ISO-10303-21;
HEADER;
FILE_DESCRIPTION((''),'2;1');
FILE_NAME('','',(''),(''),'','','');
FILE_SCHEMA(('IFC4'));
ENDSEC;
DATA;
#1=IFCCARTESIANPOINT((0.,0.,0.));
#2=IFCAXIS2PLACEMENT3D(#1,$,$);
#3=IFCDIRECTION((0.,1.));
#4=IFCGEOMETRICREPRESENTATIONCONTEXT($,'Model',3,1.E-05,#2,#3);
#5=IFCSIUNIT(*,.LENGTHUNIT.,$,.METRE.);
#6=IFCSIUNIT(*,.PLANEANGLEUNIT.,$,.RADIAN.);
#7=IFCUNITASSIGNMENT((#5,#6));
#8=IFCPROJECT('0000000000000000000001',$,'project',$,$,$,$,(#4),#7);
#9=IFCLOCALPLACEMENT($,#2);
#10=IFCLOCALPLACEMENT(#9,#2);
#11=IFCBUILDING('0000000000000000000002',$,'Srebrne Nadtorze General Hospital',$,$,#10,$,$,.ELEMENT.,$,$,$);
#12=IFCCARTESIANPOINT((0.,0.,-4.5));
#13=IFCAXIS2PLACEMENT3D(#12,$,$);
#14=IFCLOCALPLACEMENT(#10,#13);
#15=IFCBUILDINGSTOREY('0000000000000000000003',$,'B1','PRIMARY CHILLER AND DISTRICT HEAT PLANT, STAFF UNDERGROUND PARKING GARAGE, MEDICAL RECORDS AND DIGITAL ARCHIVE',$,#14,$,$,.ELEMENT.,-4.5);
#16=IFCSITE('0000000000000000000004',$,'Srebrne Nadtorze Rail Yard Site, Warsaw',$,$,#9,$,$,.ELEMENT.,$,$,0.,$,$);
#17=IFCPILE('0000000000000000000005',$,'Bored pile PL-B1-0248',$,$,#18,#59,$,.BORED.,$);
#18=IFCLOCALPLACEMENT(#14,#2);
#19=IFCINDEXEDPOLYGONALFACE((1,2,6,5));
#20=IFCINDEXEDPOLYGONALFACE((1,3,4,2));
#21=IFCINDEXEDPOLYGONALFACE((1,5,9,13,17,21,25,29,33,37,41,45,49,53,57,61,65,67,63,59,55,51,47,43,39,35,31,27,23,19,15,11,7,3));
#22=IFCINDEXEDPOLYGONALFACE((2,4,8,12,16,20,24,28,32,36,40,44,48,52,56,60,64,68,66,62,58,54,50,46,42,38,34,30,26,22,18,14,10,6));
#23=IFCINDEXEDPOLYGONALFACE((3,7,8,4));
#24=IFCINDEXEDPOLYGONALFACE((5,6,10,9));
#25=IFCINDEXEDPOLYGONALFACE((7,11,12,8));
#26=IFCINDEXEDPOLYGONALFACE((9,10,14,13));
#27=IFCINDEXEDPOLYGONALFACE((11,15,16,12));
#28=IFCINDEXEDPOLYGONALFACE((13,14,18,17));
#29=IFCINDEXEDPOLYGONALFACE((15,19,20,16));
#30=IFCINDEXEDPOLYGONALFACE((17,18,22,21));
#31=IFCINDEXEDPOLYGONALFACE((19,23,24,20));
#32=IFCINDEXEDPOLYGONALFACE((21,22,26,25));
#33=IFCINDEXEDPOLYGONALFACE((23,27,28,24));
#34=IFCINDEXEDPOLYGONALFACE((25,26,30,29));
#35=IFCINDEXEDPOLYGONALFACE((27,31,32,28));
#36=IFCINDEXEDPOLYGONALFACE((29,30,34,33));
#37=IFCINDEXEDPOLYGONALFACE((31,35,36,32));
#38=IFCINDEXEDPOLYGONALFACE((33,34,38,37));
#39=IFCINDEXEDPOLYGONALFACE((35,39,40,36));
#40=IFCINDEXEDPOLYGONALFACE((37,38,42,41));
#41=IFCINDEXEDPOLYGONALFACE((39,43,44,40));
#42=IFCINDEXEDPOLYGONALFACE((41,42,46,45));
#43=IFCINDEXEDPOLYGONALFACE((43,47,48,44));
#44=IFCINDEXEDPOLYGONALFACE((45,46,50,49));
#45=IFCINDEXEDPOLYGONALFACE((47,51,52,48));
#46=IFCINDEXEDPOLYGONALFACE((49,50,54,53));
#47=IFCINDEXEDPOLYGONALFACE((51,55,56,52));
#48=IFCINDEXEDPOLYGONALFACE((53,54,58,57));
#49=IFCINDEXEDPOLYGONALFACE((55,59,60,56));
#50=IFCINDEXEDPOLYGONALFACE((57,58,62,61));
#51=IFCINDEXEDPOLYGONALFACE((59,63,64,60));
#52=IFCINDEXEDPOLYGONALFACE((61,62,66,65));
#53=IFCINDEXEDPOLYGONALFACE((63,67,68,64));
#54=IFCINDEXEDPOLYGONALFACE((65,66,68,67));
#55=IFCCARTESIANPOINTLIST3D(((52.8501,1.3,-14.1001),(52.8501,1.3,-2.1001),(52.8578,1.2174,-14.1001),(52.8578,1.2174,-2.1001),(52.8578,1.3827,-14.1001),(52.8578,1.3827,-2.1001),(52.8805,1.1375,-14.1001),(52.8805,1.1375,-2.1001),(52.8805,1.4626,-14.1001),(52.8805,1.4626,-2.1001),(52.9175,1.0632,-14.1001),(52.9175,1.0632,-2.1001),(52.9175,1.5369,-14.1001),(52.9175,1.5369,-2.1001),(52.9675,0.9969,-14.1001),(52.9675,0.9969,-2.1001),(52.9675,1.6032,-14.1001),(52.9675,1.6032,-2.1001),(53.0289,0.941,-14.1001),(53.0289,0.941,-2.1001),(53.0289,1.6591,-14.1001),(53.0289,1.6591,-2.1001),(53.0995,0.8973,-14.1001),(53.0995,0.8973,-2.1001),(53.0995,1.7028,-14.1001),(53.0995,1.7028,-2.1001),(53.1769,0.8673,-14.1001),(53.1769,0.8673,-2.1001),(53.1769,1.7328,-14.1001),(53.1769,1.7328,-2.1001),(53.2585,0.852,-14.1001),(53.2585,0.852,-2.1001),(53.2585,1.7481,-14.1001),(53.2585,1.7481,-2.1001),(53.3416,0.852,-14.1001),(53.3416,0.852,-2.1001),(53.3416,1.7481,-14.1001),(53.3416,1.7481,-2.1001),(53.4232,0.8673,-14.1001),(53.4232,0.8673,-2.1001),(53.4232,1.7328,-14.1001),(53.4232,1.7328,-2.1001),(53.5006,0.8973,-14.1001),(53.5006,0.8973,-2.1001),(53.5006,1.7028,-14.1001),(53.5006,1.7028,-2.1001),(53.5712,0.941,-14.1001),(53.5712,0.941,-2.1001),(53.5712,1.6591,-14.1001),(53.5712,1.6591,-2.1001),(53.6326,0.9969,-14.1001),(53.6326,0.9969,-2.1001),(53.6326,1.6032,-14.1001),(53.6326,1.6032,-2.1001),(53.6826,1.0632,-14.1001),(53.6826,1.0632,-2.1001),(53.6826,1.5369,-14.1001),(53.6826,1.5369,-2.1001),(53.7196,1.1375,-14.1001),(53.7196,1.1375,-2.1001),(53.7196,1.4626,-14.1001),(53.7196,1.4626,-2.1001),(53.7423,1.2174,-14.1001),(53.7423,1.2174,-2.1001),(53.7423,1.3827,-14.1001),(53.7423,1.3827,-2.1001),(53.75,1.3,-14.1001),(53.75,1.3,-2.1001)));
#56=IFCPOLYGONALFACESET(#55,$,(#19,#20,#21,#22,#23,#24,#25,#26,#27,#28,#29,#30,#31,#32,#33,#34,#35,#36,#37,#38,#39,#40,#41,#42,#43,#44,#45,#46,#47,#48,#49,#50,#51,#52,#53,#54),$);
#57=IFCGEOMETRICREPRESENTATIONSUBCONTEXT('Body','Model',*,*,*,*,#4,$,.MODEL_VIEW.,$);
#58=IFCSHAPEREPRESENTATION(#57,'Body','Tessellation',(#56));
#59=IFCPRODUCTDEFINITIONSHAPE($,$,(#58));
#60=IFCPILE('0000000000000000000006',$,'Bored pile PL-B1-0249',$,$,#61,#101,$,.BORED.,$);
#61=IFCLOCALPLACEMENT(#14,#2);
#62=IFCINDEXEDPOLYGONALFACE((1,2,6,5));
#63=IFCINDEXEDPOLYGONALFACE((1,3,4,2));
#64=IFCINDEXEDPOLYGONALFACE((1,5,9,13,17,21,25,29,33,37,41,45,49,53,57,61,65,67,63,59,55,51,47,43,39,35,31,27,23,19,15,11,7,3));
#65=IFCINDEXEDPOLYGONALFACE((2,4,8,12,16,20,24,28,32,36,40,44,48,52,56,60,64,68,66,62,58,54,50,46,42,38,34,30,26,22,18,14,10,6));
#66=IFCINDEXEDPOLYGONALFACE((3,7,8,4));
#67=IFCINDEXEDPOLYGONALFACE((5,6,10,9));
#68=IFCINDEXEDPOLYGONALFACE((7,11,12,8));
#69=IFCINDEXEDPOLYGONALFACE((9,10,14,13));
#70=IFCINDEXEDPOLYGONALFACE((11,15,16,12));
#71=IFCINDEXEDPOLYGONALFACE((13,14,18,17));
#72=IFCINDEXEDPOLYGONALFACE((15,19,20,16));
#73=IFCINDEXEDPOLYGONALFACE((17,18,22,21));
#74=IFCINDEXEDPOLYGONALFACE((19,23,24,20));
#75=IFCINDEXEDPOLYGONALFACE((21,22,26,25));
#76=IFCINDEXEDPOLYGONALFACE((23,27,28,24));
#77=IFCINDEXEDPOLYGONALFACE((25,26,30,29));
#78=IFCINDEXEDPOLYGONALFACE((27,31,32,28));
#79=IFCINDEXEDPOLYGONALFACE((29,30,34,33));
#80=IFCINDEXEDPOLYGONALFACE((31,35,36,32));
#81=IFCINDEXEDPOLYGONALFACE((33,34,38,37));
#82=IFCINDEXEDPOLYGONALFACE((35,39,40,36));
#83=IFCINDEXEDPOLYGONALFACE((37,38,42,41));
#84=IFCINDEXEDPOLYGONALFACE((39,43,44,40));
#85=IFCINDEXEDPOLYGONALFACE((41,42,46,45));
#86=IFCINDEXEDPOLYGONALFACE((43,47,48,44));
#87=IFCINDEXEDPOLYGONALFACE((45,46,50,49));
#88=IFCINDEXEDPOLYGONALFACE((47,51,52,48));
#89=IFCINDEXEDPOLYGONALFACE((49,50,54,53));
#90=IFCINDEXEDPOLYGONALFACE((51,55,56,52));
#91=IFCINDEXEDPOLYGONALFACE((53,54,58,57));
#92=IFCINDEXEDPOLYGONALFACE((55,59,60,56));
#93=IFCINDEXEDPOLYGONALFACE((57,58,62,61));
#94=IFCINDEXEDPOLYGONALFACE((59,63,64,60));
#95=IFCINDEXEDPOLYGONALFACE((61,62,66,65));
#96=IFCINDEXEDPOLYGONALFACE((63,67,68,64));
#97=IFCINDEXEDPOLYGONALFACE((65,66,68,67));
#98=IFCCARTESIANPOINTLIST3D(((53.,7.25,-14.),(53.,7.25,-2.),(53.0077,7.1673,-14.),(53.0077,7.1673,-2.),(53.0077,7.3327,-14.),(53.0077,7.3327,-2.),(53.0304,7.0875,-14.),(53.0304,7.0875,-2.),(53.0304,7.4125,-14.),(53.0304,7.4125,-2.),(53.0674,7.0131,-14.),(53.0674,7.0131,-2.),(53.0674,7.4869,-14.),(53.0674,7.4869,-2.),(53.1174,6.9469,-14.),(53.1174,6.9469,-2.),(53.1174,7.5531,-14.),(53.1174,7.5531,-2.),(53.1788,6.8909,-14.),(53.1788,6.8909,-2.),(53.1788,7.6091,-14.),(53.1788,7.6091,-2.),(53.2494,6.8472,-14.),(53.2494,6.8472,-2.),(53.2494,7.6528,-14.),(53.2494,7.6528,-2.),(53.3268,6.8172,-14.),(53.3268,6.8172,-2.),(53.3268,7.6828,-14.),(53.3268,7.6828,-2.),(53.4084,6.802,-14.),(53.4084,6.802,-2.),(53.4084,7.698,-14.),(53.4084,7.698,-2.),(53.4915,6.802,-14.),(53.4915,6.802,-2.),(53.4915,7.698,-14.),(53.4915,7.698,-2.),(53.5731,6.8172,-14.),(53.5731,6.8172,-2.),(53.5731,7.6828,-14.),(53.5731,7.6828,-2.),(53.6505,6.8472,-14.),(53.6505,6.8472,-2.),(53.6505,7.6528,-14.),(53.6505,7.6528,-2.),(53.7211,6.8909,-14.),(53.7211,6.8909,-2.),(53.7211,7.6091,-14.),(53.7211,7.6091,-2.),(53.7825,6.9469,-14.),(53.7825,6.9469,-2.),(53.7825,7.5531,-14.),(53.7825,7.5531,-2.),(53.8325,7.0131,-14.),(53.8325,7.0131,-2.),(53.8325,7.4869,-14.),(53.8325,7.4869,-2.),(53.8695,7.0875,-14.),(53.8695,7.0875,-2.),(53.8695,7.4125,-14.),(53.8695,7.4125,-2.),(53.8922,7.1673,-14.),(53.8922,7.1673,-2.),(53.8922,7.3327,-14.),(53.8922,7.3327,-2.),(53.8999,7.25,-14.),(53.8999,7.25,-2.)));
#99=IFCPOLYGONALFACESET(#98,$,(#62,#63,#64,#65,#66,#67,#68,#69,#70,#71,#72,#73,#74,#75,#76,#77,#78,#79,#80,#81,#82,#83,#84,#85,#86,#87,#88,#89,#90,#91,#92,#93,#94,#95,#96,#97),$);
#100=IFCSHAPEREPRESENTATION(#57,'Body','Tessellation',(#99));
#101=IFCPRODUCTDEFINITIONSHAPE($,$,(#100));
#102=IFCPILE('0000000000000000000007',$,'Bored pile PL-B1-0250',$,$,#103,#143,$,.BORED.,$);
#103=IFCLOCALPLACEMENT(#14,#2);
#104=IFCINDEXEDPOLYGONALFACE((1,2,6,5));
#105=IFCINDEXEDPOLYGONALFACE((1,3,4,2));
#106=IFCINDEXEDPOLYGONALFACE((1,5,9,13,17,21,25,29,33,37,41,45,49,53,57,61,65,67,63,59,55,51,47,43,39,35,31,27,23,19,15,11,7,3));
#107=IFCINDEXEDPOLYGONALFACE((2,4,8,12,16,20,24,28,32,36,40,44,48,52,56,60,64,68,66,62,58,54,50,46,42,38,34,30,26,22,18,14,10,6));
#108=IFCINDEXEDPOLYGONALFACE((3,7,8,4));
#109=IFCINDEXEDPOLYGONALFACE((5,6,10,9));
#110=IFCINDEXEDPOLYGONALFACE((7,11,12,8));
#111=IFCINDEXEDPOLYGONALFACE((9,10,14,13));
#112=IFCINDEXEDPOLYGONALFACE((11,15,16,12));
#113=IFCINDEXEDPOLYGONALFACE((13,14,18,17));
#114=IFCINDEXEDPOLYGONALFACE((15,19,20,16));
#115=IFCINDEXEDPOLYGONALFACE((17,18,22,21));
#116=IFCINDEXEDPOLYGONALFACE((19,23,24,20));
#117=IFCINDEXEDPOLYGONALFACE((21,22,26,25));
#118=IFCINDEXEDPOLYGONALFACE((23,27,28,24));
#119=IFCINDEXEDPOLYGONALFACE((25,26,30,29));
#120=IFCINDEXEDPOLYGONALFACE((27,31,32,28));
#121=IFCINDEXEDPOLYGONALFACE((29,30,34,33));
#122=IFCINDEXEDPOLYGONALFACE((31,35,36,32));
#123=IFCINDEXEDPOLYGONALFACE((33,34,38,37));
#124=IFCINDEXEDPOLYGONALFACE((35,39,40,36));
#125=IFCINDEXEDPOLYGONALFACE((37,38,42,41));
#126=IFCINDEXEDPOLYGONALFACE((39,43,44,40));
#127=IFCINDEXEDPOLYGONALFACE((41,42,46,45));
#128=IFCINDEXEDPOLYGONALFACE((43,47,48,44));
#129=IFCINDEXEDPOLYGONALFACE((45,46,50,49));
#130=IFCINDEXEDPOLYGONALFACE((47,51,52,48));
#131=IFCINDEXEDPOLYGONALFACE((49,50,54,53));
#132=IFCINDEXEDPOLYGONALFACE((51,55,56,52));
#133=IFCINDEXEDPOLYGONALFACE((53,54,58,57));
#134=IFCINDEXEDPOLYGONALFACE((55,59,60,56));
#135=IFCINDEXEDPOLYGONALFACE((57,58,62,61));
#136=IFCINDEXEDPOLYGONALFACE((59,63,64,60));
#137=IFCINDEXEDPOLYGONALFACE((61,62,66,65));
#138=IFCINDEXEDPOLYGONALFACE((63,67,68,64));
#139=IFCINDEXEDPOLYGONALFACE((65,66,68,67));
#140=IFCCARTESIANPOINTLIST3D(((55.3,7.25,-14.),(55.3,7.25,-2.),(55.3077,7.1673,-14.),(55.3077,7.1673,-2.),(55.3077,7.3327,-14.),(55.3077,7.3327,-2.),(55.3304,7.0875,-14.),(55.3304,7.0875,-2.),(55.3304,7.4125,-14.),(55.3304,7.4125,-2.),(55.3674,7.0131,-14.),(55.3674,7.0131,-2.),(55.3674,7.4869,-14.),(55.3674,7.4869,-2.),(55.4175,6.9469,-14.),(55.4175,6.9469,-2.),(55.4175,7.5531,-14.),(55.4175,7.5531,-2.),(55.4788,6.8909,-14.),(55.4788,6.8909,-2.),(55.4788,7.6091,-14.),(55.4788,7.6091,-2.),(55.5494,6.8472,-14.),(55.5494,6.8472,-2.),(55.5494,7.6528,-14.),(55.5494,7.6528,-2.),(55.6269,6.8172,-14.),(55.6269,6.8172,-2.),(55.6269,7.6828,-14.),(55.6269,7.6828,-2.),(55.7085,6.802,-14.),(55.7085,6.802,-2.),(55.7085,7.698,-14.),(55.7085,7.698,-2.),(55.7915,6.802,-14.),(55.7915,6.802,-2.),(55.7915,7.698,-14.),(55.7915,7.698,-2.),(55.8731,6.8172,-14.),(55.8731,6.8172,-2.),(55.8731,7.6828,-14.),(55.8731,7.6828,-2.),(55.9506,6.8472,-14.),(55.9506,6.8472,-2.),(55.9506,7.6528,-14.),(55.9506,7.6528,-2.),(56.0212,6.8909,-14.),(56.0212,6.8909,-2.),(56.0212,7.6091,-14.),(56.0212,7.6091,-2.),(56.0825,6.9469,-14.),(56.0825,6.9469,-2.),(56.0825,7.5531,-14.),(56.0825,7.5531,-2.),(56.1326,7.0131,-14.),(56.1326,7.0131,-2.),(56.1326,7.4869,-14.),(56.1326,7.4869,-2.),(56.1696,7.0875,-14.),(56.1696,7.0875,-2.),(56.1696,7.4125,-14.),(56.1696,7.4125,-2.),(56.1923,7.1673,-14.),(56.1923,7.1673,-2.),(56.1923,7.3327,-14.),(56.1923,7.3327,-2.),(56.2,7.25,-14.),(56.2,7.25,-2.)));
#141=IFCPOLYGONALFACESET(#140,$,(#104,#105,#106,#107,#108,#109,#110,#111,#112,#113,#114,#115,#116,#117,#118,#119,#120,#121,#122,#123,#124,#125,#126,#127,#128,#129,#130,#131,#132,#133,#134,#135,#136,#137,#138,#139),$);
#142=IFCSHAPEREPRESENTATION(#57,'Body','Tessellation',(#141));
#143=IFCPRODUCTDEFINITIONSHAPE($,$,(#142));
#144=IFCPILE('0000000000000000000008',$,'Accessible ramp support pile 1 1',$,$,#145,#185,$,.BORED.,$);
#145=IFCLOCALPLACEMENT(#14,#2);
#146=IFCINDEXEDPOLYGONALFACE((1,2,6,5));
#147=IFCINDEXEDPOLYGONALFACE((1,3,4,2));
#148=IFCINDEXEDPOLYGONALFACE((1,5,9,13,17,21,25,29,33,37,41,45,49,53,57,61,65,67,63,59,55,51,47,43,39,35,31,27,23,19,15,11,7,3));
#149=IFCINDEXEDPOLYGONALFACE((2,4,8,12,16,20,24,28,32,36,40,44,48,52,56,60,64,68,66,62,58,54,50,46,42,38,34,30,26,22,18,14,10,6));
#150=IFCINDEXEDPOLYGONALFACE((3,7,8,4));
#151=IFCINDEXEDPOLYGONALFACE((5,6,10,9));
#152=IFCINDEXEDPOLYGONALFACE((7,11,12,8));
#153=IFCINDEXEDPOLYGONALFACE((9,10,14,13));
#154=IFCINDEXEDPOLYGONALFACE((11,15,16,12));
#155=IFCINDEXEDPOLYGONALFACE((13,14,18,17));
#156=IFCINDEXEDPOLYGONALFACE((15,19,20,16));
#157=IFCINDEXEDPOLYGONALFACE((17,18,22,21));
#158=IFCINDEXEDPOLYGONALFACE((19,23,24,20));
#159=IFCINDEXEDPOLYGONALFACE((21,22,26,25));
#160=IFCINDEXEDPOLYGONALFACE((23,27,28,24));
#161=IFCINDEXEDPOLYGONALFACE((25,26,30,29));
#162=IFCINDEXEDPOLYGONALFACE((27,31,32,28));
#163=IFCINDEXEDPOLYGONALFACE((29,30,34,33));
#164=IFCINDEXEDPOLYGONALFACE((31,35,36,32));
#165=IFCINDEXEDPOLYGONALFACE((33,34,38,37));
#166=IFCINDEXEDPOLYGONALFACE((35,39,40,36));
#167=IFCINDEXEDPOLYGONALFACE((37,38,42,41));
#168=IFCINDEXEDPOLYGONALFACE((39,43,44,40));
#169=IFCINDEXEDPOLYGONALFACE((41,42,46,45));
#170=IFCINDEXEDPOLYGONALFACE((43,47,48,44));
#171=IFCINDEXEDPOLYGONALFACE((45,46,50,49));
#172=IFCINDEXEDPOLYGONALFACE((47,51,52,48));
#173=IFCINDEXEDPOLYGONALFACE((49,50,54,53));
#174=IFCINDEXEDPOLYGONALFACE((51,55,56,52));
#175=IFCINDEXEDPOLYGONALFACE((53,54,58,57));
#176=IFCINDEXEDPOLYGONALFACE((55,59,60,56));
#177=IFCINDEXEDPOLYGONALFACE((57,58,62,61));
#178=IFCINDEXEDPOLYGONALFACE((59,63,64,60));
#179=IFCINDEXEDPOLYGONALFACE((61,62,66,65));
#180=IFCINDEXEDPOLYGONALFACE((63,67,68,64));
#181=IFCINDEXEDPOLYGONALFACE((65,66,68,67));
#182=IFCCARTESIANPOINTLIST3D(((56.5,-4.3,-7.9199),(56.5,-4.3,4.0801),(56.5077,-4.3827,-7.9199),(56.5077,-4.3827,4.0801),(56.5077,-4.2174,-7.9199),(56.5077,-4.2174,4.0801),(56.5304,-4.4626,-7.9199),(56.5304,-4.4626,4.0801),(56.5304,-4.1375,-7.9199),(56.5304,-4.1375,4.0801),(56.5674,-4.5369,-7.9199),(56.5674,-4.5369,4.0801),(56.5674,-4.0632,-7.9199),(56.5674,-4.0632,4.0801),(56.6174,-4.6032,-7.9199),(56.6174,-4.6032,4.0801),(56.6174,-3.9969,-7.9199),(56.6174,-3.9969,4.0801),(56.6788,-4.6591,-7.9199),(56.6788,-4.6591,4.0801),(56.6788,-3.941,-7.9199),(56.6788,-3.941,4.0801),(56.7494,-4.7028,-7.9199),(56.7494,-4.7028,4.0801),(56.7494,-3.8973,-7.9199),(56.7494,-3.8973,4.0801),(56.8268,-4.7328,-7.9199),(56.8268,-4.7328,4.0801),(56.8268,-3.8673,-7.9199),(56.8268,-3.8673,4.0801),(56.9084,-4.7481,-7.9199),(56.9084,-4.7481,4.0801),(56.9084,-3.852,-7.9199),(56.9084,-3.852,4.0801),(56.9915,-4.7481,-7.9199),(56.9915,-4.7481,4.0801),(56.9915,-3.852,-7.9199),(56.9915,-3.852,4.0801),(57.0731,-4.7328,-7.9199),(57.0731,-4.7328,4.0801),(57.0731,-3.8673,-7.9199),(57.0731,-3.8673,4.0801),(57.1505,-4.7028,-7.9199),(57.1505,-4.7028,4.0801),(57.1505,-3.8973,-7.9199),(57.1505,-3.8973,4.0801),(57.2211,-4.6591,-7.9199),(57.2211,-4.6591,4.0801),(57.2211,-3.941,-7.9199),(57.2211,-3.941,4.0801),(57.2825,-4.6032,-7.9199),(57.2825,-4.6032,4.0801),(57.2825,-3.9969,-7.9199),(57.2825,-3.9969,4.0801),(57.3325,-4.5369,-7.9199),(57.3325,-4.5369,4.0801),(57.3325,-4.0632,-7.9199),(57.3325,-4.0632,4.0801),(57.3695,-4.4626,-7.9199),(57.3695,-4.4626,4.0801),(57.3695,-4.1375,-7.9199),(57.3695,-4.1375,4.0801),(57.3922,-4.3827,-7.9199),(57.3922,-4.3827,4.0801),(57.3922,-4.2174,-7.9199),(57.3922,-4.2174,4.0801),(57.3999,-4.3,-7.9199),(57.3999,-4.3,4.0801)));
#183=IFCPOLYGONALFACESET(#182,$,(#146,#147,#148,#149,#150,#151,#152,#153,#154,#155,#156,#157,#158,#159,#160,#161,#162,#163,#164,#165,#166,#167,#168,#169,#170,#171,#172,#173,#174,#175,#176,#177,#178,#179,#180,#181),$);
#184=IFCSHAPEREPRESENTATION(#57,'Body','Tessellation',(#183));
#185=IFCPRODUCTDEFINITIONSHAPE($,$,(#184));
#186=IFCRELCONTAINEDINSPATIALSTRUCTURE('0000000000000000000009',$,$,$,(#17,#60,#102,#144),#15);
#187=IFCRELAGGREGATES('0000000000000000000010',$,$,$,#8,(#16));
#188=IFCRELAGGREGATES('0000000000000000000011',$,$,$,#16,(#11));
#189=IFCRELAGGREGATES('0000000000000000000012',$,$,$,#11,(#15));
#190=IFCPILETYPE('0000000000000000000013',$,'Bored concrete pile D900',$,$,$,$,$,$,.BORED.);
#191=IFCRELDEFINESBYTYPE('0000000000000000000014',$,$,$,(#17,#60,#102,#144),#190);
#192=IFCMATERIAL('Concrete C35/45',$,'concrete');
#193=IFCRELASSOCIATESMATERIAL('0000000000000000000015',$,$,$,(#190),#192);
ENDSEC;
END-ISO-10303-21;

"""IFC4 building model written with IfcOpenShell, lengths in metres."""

from ifc_helpers import new_model, si_unit, direction, frame, origin, origin_2d, place, context, subcontext, project, spatial, circle, extrude, material, material_profile, profile_set, type_object, element, save


model = new_model("IFC4")

# Units and contexts
model_context = context("Model", 3, precision=1e-05, world=origin(), true_north=direction((0.0, 1.0)))
body_context = subcontext(model_context, "Body", "Model", "MODEL_VIEW")
ifc_project = project(units=[si_unit("LENGTHUNIT", "METRE"), si_unit("PLANEANGLEUNIT", "RADIAN")], contexts=[model_context])

# Site, building, storey
site_placement = place(None, origin())
site = spatial("IfcSite", under=ifc_project, at=site_placement, Name="Srebrne Nadtorze Rail Yard Site, Warsaw", CompositionType="ELEMENT", RefElevation=0.0)
building_placement = place(site_placement, origin())
building = spatial("IfcBuilding", under=site, at=building_placement, Name="Srebrne Nadtorze General Hospital", CompositionType="ELEMENT")
storey_placement = place(building_placement, frame((0.0, 0.0, -4.5)))
storey = spatial("IfcBuildingStorey", under=building, at=storey_placement, Name="B1", Description="PRIMARY CHILLER AND DISTRICT HEAT PLANT, STAFF UNDERGROUND PARKING GARAGE, MEDICAL RECORDS AND DIGITAL ARCHIVE", CompositionType="ELEMENT", Elevation=-4.5)

# Piles
ifc_material_1 = material(Name="Concrete C35/45", Category="concrete")
ifc_material_profile_1 = material_profile(ifc_material_1, circle(Radius=0.45, at=origin_2d()), Name="PILE-D900")
ifc_profile_set_1 = profile_set([ifc_material_profile_1], Name="Concrete C35/45")
pile_type_1 = type_object("IfcPileType", Name="Bored concrete pile D900", PredefinedType="BORED", material=ifc_profile_set_1)
for number, where, z_axis, x_axis, name in (
    (1, (53.3, 1.3, -2.1001), (0.0, 0.0, -1.0), (1.0, 0.0, 0.0), "Bored pile PL-B1-0248"),
    (2, (53.45, 7.25, -2.0), (0.0, 0.0, -1.0), (1.0, 0.0, 0.0), "Bored pile PL-B1-0249"),
    (3, (55.75, 7.25, -2.0), (0.0, 0.0, -1.0), (1.0, 0.0, 0.0), "Bored pile PL-B1-0250"),
    (4, (56.95, -4.3, 4.0801), (0.0, 0.0, -1.0), (1.0, 0.0, 0.0), "Accessible ramp support pile 1 1"),
):
    element("IfcPile", number, at=place(storey_placement, frame(where, z_axis=z_axis, x_axis=x_axis)), inside=storey, type_object=pile_type_1, Name=name, PredefinedType="BORED", context=body_context, shape_type="SweptSolid", body=[
        extrude(circle(Radius=0.45, at=origin_2d()), origin(), (0.0, 0.0, 1.0), 12.0),
    ])

save(model, "model.ifc")
